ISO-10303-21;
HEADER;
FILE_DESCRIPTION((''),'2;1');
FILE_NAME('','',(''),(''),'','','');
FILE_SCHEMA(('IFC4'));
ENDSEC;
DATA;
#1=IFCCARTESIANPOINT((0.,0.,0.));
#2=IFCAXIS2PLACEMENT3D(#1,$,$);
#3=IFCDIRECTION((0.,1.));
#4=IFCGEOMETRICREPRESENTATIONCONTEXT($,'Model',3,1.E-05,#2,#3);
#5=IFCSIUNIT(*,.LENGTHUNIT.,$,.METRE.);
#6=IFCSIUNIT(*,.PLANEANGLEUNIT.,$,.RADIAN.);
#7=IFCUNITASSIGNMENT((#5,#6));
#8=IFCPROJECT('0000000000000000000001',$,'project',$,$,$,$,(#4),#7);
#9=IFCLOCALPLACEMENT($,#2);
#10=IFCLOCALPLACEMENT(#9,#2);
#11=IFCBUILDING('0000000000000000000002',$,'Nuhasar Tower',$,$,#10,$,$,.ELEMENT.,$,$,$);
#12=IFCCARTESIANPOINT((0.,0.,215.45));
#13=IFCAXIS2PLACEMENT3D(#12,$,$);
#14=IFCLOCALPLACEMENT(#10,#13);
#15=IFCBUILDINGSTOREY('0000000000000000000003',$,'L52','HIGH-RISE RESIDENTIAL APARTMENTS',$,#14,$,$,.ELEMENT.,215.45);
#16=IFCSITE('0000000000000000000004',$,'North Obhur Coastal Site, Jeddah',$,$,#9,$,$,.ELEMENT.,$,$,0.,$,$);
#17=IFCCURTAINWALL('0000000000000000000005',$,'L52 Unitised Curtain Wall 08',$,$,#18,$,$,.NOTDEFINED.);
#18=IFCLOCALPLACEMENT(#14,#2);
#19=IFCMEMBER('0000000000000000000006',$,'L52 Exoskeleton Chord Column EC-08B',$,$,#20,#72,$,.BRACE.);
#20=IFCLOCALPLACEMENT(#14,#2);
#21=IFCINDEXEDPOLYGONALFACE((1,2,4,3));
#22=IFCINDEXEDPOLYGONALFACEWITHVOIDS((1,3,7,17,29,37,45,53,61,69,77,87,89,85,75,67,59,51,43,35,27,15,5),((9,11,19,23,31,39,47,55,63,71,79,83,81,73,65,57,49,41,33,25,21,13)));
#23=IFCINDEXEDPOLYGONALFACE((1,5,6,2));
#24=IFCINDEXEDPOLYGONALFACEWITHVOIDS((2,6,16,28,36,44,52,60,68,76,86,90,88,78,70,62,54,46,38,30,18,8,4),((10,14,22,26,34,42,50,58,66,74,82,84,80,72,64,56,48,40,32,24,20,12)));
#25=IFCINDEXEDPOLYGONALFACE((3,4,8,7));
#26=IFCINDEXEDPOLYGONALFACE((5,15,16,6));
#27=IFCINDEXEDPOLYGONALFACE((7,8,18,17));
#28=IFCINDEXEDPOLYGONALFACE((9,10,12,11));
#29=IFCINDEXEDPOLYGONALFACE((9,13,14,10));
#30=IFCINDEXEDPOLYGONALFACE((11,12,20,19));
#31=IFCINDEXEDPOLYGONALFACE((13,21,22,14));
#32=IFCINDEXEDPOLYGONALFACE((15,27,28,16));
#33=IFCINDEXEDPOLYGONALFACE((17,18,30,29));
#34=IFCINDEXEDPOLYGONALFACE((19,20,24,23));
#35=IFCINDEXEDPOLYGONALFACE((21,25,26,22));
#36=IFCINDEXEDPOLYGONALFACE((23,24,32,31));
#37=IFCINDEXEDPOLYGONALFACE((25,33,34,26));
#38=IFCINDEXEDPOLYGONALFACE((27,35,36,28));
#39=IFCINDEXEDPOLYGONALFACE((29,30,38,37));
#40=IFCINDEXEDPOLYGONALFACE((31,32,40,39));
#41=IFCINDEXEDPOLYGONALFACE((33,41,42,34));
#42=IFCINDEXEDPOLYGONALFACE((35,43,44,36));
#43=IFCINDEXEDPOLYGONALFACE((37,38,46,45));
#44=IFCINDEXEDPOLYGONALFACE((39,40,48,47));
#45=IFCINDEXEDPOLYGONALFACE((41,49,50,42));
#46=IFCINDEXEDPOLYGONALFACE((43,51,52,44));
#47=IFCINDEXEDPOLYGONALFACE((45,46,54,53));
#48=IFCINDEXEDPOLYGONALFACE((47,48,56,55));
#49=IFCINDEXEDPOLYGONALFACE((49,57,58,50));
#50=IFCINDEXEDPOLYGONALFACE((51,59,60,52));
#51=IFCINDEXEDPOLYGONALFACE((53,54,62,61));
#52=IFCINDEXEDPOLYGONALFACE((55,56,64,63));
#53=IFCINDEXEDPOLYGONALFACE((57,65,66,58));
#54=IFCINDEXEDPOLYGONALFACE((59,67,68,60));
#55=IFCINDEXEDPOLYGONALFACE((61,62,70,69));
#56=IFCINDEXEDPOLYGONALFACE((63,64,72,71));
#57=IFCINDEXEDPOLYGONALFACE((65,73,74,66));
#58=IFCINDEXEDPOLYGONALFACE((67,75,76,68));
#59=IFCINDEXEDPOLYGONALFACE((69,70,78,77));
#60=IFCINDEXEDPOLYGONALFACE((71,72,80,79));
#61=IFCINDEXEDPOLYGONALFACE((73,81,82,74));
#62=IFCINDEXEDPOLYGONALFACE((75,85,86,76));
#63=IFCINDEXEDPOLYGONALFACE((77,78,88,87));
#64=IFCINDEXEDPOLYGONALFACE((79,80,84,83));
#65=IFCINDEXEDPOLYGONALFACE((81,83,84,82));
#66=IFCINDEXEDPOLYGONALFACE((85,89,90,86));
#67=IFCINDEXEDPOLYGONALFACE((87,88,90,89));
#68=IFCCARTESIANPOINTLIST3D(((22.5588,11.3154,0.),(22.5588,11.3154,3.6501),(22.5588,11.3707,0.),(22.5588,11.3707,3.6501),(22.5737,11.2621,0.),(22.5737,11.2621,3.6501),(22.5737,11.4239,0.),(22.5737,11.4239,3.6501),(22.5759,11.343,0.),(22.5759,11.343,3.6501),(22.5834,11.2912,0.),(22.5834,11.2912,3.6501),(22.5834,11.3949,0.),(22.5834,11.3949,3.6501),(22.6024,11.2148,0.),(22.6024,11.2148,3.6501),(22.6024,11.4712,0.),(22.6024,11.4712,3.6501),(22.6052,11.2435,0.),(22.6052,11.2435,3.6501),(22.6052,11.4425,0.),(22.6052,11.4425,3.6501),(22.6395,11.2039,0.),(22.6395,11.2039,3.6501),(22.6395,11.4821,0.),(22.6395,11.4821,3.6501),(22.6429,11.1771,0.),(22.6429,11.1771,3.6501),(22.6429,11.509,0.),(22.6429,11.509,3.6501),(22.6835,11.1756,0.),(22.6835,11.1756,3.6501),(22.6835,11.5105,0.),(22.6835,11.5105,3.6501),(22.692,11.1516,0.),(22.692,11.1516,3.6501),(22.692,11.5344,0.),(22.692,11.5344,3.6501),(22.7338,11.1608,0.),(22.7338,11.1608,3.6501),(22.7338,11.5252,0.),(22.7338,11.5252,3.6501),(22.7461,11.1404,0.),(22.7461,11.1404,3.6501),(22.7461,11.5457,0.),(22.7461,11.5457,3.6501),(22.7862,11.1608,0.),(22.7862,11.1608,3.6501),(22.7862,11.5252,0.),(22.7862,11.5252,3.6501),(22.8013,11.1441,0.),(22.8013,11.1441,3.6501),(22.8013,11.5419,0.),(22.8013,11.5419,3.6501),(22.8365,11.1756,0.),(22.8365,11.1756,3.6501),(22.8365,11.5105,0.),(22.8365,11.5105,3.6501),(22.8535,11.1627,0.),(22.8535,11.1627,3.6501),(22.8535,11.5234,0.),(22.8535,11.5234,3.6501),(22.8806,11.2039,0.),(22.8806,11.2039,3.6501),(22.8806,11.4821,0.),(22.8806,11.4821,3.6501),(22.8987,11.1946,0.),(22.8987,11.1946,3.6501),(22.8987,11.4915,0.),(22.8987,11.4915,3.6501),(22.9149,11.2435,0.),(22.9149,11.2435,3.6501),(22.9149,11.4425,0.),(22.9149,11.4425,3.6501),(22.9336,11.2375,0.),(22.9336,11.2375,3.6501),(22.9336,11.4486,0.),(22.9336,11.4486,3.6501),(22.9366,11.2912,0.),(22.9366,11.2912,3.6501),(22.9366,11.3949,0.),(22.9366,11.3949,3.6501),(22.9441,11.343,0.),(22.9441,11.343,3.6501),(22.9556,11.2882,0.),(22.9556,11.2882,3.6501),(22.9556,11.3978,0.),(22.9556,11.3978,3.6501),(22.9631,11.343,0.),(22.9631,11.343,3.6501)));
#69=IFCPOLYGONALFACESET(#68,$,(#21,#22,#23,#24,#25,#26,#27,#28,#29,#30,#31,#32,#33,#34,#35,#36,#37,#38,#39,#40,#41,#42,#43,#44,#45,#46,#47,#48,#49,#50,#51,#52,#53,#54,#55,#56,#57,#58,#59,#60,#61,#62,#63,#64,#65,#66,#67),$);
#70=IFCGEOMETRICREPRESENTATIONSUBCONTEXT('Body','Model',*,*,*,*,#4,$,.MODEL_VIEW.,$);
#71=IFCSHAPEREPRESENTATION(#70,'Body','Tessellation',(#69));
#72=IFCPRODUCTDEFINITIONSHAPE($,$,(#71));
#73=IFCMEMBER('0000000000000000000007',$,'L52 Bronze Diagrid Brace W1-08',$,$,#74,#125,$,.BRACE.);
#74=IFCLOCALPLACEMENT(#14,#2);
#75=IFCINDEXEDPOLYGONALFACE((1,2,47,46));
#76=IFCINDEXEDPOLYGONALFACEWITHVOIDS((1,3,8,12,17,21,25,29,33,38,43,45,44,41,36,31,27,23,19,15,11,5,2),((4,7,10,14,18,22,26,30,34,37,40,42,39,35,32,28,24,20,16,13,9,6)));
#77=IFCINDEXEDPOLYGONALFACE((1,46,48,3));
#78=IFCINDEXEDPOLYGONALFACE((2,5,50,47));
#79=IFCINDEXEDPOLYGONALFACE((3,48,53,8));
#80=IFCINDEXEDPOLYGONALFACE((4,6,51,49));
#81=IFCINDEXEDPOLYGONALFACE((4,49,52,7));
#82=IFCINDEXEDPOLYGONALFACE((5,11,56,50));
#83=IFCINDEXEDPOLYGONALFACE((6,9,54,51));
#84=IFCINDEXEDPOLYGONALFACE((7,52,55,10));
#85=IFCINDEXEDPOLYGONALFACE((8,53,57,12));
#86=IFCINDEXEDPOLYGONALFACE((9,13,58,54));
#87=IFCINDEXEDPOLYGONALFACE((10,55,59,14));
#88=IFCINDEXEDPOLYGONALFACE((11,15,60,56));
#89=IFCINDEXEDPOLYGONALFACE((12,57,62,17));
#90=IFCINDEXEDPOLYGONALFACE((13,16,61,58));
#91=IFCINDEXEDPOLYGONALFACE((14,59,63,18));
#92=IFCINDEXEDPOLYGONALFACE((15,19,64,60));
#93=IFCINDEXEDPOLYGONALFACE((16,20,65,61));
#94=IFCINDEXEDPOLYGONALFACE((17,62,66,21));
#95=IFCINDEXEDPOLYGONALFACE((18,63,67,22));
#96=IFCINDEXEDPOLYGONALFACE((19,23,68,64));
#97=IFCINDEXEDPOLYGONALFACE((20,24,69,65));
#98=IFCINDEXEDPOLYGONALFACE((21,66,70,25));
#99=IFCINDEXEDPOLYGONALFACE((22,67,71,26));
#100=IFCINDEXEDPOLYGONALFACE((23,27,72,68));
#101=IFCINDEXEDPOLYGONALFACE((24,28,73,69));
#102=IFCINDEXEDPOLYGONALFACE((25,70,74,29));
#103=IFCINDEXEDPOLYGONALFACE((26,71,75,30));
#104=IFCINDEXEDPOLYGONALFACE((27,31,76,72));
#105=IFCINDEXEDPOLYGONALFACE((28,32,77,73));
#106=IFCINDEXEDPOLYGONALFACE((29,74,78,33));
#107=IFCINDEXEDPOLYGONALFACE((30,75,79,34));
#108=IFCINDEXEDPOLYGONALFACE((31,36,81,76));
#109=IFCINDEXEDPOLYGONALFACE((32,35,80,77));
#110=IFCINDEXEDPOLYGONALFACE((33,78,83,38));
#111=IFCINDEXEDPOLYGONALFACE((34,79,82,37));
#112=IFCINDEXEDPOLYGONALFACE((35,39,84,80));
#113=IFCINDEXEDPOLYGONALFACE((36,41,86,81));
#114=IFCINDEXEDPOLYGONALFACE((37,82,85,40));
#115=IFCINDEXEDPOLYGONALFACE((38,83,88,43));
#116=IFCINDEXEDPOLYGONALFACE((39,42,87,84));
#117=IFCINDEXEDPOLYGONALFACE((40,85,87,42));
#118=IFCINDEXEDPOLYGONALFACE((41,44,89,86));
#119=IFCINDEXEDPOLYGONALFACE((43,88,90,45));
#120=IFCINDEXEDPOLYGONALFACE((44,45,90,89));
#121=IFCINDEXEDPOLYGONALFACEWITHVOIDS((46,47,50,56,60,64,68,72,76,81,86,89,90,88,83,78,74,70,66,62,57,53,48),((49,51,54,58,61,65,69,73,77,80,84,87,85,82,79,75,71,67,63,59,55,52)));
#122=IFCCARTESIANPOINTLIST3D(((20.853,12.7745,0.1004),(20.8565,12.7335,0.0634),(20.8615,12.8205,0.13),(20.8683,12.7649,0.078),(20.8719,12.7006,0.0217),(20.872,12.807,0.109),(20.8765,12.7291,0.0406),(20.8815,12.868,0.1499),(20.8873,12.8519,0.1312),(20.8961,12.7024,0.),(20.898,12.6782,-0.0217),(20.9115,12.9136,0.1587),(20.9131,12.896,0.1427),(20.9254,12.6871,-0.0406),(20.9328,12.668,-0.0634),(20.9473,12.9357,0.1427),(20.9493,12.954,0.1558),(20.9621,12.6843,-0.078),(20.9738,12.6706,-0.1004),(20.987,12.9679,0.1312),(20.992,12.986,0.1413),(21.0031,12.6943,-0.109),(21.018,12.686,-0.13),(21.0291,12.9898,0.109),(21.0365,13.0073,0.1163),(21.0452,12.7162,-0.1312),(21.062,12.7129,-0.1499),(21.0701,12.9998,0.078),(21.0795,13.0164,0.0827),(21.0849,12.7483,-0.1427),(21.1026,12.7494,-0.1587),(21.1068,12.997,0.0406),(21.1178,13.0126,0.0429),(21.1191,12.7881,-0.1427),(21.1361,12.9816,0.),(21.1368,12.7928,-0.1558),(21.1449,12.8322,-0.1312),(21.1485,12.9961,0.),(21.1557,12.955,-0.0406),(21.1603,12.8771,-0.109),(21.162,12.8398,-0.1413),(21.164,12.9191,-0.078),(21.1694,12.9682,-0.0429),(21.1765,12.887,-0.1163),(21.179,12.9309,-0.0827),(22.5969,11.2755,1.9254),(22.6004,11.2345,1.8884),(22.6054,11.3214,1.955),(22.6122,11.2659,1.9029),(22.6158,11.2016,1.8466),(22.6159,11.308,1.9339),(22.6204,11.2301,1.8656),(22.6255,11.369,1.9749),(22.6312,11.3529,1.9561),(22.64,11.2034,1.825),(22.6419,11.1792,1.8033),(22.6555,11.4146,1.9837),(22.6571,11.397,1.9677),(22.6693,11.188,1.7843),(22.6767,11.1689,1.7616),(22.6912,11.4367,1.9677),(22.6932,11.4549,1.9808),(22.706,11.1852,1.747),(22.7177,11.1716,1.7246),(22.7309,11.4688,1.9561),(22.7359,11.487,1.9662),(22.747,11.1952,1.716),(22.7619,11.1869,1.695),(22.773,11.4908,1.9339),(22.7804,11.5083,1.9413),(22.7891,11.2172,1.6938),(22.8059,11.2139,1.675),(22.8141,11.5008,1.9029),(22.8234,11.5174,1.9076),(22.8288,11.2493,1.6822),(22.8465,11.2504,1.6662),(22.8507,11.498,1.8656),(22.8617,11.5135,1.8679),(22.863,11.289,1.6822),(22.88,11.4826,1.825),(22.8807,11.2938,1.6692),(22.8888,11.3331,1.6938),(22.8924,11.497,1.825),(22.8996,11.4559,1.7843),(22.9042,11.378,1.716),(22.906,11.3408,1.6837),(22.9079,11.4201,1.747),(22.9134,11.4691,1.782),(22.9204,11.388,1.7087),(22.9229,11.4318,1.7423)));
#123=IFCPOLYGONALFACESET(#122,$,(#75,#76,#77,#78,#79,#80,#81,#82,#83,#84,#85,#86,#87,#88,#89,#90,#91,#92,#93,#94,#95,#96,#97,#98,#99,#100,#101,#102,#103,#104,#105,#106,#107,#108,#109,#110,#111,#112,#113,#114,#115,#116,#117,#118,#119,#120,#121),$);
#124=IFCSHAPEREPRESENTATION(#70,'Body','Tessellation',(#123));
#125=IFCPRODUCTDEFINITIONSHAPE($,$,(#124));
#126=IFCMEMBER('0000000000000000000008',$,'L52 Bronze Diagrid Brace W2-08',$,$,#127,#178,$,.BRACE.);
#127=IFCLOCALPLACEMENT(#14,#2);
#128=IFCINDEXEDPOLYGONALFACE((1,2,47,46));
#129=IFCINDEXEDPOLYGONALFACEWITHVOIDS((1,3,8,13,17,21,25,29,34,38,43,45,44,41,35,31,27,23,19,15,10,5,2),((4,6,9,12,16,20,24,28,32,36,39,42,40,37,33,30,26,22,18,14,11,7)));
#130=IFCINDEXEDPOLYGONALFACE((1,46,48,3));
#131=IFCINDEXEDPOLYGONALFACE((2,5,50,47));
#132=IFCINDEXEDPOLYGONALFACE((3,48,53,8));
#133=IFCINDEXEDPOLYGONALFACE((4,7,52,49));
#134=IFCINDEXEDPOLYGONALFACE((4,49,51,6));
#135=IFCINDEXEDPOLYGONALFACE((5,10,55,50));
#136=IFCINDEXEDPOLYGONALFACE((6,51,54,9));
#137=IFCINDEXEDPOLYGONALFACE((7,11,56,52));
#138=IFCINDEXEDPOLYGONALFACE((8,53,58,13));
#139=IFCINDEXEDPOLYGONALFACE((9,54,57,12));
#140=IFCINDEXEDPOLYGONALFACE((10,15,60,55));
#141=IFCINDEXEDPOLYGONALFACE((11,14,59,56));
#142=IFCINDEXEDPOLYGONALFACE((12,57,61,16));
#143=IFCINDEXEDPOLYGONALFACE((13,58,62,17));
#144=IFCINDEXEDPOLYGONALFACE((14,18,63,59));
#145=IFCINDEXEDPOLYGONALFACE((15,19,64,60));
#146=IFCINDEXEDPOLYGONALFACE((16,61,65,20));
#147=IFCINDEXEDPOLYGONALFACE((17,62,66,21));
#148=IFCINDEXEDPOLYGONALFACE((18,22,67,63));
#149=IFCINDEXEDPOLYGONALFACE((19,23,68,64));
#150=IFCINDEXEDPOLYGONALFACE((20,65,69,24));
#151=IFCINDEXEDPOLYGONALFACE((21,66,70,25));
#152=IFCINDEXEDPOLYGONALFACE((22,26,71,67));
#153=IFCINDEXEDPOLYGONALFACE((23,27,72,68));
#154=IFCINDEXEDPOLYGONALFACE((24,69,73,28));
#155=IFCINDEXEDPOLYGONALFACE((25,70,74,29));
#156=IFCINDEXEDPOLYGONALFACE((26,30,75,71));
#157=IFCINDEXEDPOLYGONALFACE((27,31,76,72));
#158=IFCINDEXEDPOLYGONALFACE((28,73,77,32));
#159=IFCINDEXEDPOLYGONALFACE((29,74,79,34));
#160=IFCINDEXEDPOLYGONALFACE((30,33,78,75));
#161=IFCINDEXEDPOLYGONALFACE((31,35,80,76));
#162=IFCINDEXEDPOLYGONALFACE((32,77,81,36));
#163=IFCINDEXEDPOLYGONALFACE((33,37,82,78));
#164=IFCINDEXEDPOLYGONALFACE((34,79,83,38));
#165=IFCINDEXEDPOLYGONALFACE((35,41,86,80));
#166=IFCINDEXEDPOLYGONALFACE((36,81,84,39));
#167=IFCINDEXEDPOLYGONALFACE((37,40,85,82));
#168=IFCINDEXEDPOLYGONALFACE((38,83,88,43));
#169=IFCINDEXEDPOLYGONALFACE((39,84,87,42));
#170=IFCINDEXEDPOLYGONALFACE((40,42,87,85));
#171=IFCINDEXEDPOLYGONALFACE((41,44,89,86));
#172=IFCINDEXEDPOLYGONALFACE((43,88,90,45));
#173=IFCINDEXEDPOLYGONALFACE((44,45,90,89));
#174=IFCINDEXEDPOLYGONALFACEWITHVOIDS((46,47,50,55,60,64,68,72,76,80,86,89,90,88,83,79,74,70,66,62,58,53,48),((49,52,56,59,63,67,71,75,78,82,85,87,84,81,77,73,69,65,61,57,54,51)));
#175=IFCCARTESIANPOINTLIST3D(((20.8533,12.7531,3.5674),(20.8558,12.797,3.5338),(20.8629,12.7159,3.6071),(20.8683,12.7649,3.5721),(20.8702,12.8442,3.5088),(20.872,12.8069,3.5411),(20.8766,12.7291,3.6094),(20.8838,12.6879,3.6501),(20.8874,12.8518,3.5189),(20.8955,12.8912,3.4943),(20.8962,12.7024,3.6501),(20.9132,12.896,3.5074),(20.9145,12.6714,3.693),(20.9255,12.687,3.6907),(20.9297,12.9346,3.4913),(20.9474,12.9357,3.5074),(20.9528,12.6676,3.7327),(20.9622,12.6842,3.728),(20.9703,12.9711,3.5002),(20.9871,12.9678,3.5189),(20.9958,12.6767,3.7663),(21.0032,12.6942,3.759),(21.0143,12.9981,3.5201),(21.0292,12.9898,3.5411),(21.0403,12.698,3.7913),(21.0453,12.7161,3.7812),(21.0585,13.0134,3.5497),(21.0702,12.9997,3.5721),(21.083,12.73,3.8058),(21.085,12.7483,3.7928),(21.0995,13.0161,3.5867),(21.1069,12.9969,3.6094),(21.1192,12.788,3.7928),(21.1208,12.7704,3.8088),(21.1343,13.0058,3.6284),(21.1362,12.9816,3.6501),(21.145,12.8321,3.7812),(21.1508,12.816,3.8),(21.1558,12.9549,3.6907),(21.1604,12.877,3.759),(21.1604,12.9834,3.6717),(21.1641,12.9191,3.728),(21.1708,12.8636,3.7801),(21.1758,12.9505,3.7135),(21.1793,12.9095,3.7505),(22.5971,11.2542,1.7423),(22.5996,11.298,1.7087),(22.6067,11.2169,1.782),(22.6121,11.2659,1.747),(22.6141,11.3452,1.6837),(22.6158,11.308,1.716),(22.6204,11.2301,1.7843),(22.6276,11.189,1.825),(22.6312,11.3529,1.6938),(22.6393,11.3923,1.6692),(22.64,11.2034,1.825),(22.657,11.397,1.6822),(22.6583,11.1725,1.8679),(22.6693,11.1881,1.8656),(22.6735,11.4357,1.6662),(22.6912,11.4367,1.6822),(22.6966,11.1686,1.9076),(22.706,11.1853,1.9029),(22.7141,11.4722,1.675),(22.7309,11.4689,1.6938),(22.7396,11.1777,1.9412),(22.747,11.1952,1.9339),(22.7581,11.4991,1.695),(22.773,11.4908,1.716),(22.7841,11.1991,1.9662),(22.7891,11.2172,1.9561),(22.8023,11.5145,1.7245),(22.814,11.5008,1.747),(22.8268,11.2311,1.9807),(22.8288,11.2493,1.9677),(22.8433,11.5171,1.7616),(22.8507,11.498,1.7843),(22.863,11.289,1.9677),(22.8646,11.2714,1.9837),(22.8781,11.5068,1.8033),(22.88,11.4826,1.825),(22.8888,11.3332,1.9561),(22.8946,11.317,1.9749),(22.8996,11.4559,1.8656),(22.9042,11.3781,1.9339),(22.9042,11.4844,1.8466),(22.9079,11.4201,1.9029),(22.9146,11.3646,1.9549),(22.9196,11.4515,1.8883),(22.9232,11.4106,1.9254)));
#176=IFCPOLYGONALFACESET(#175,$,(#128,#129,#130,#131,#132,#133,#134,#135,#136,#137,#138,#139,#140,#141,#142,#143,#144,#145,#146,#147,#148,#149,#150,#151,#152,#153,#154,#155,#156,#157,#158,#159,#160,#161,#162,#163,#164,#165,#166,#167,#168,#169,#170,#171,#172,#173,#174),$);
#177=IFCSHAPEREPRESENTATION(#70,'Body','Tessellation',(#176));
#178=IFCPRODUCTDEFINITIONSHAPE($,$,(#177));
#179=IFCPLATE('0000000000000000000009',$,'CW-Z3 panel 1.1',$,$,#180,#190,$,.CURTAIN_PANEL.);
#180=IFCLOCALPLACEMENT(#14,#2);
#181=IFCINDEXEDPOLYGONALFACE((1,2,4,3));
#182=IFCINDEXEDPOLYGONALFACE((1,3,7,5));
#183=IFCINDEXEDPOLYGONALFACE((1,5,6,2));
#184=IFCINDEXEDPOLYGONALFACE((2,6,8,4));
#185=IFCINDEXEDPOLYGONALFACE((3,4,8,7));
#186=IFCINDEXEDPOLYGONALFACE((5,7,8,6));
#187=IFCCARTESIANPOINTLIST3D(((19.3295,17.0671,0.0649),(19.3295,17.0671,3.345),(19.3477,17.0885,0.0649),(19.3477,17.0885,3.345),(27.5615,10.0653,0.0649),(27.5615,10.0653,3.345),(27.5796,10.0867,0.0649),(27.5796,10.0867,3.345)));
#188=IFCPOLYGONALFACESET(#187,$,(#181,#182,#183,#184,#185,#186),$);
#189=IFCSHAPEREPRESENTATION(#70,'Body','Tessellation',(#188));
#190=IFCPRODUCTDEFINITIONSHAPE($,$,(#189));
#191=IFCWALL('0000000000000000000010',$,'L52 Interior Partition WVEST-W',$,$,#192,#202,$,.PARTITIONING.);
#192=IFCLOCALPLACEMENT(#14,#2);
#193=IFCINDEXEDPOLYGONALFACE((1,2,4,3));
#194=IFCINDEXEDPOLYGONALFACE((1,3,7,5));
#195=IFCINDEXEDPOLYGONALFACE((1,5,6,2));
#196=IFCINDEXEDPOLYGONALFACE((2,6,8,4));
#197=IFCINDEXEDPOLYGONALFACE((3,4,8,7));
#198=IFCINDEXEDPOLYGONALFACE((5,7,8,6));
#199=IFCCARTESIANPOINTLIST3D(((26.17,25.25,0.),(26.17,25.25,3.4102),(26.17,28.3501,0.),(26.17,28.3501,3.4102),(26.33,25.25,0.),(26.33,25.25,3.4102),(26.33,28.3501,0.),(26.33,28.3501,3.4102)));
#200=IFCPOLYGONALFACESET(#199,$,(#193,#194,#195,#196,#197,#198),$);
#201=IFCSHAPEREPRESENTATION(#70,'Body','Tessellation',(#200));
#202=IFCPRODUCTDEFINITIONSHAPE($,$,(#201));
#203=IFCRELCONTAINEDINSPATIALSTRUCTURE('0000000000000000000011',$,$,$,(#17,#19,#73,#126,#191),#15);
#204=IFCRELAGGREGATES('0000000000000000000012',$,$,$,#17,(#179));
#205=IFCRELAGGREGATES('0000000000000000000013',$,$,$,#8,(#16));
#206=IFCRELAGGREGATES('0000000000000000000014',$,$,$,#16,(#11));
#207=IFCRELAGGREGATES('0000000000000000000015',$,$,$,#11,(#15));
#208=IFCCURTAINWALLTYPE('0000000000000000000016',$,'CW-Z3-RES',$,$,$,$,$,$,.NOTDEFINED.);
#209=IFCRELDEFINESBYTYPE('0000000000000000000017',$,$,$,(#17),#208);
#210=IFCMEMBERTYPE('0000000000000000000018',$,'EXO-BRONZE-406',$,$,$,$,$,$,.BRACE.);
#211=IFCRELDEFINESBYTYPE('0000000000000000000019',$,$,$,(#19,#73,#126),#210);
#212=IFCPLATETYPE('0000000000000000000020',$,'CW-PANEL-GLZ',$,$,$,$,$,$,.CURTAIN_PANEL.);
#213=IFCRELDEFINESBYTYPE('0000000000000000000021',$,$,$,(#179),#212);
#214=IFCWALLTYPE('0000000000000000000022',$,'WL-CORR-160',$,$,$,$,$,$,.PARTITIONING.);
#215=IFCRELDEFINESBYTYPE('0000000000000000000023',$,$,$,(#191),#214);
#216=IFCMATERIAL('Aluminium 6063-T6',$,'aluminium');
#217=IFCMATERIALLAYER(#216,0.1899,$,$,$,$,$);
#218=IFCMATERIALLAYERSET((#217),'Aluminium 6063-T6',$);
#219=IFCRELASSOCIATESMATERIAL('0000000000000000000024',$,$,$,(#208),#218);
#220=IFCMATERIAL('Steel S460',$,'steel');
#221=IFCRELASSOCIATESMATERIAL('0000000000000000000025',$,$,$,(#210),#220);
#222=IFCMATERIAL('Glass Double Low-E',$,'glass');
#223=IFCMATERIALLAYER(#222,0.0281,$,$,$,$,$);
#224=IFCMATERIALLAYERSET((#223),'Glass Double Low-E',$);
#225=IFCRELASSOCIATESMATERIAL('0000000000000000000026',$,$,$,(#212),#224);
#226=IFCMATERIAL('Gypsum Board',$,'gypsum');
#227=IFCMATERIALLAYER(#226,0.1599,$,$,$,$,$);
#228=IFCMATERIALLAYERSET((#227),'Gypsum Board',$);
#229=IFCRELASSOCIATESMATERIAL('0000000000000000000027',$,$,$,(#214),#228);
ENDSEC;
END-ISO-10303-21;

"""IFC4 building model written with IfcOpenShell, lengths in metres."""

from ifc_helpers import new_model, si_unit, direction, frame, frame_2d, origin, origin_2d, place, context, subcontext, project, spatial, rectangle, hollow_circle, extrude, material, layer, layer_set, material_profile, profile_set, type_object, element, aggregate, save


model = new_model("IFC4")

# Units and contexts
model_context = context("Model", 3, precision=1e-05, world=origin(), true_north=direction((0.0, 1.0)))
body_context = subcontext(model_context, "Body", "Model", "MODEL_VIEW")
ifc_project = project(units=[si_unit("LENGTHUNIT", "METRE"), si_unit("PLANEANGLEUNIT", "RADIAN")], contexts=[model_context])

# Site, building, storey
site_placement = place(None, origin())
site = spatial("IfcSite", under=ifc_project, at=site_placement, Name="North Obhur Coastal Site, Jeddah", CompositionType="ELEMENT", RefElevation=0.0)
building_placement = place(site_placement, origin())
building = spatial("IfcBuilding", under=site, at=building_placement, Name="Nuhasar Tower", CompositionType="ELEMENT")
storey_placement = place(building_placement, frame((0.0, 0.0, 215.45)))
storey = spatial("IfcBuildingStorey", under=building, at=storey_placement, Name="L52", Description="HIGH-RISE RESIDENTIAL APARTMENTS", CompositionType="ELEMENT", Elevation=215.45)

# Curtain wall
ifc_material_1 = material(Name="Aluminium 6063-T6", Category="aluminium")
ifc_layer_1 = layer(ifc_material_1, 0.1899)
ifc_layer_set_1 = layer_set([ifc_layer_1], Name="Aluminium 6063-T6")
curtain_wall_type = type_object("IfcCurtainWallType", Name="CW-Z3-RES", PredefinedType="NOTDEFINED", material=ifc_layer_set_1)
curtain_wall_1_placement = place(storey_placement, origin())
curtain_wall_1 = element("IfcCurtainWall", 1, at=curtain_wall_1_placement, inside=storey, type_object=curtain_wall_type, Name="L52 Unitised Curtain Wall 08", PredefinedType="NOTDEFINED")

# Members
ifc_material_2 = material(Name="Steel S460", Category="steel")
ifc_material_profile_1 = material_profile(ifc_material_2, hollow_circle(Radius=0.2031, WallThickness=0.019, at=origin_2d()), Name="HSS406.4X19.1")
ifc_profile_set_1 = profile_set([ifc_material_profile_1], Name="Steel S460")
member_type_1 = type_object("IfcMemberType", Name="EXO-BRONZE-406", PredefinedType="BRACE", material=ifc_profile_set_1)
for number, where, z_axis, x_axis, name in (
    (2, (22.76, 11.343, 0.0), (0.0, 0.0, 1.0), (1.0, 0.0, 0.0), "L52 Exoskeleton Chord Column EC-08B"),
):
    element("IfcMember", number, at=place(storey_placement, frame(where, z_axis=z_axis, x_axis=x_axis)), inside=storey, type_object=member_type_1, Name=name, PredefinedType="BRACE", context=body_context, shape_type="SweptSolid", body=[
        extrude(hollow_circle(Radius=0.2031, WallThickness=0.019, at=origin_2d()), origin(), (0.0, 0.0, 1.0), 3.6501),
    ])
for number, where, z_axis, x_axis, name in (
    (3, (21.0161, 12.842, 0.0), (0.594019, -0.510608, 0.621628), (0.651857, 0.758342, 0.0), "L52 Bronze Diagrid Brace W1-08"),
    (4, (22.76, 11.343, 1.825), (-0.593988, 0.510582, 0.621679), (-0.651857, -0.758342, 0.0), "L52 Bronze Diagrid Brace W2-08"),
):
    element("IfcMember", number, at=place(storey_placement, frame(where, z_axis=z_axis, x_axis=x_axis)), inside=storey, type_object=member_type_1, Name=name, PredefinedType="BRACE", context=body_context, shape_type="SweptSolid", body=[
        extrude(hollow_circle(Radius=0.2031, WallThickness=0.019, at=origin_2d()), origin(), (0.0, 0.0, 1.0), 2.9358),
    ])

# Plate
ifc_material_3 = material(Name="Glass Double Low-E", Category="glass")
ifc_layer_2 = layer(ifc_material_3, 0.0281)
ifc_layer_set_2 = layer_set([ifc_layer_2], Name="Glass Double Low-E")
plate_type = type_object("IfcPlateType", Name="CW-PANEL-GLZ", PredefinedType="CURTAIN_PANEL", material=ifc_layer_set_2)
plate_placement = place(storey_placement, frame((23.4546, 13.5769, 0.0649), z_axis=(0.0, 0.0, 1.0), x_axis=(0.761729, -0.647895, 0.0)))
plate = element("IfcPlate", 5, at=plate_placement, type_object=plate_type, Name="CW-Z3 panel 1.1", PredefinedType="CURTAIN_PANEL", context=body_context, shape_type="SweptSolid", body=[
    extrude(rectangle(XDim=10.8069, YDim=0.0281, at=origin_2d()), origin(), (0.0, 0.0, 1.0), 3.28),
])
aggregate(curtain_wall_1, [plate])

# Shared definitions
ifc_material_4 = material(Name="Gypsum Board", Category="gypsum")
ifc_layer_3 = layer(ifc_material_4, 0.1599)
ifc_layer_set_3 = layer_set([ifc_layer_3], Name="Gypsum Board")
wall_type_1 = type_object("IfcWallType", Name="WL-CORR-160", PredefinedType="PARTITIONING", material=ifc_layer_set_3)

# Wall
wall_1_placement = place(storey_placement, frame((26.25, 25.25, 0.0), z_axis=(0.0, 0.0, 1.0), x_axis=(0.0, 1.0, 0.0)))
element("IfcWall", 6, at=wall_1_placement, inside=storey, type_object=wall_type_1, Name="L52 Interior Partition WVEST-W", PredefinedType="PARTITIONING", context=body_context, shape_type="SweptSolid", body=[
    extrude(rectangle(XDim=3.1001, YDim=0.1599, at=frame_2d((1.55, 0.0))), origin(), (0.0, 0.0, 1.0), 3.4102),
])

save(model, "model.ifc")
